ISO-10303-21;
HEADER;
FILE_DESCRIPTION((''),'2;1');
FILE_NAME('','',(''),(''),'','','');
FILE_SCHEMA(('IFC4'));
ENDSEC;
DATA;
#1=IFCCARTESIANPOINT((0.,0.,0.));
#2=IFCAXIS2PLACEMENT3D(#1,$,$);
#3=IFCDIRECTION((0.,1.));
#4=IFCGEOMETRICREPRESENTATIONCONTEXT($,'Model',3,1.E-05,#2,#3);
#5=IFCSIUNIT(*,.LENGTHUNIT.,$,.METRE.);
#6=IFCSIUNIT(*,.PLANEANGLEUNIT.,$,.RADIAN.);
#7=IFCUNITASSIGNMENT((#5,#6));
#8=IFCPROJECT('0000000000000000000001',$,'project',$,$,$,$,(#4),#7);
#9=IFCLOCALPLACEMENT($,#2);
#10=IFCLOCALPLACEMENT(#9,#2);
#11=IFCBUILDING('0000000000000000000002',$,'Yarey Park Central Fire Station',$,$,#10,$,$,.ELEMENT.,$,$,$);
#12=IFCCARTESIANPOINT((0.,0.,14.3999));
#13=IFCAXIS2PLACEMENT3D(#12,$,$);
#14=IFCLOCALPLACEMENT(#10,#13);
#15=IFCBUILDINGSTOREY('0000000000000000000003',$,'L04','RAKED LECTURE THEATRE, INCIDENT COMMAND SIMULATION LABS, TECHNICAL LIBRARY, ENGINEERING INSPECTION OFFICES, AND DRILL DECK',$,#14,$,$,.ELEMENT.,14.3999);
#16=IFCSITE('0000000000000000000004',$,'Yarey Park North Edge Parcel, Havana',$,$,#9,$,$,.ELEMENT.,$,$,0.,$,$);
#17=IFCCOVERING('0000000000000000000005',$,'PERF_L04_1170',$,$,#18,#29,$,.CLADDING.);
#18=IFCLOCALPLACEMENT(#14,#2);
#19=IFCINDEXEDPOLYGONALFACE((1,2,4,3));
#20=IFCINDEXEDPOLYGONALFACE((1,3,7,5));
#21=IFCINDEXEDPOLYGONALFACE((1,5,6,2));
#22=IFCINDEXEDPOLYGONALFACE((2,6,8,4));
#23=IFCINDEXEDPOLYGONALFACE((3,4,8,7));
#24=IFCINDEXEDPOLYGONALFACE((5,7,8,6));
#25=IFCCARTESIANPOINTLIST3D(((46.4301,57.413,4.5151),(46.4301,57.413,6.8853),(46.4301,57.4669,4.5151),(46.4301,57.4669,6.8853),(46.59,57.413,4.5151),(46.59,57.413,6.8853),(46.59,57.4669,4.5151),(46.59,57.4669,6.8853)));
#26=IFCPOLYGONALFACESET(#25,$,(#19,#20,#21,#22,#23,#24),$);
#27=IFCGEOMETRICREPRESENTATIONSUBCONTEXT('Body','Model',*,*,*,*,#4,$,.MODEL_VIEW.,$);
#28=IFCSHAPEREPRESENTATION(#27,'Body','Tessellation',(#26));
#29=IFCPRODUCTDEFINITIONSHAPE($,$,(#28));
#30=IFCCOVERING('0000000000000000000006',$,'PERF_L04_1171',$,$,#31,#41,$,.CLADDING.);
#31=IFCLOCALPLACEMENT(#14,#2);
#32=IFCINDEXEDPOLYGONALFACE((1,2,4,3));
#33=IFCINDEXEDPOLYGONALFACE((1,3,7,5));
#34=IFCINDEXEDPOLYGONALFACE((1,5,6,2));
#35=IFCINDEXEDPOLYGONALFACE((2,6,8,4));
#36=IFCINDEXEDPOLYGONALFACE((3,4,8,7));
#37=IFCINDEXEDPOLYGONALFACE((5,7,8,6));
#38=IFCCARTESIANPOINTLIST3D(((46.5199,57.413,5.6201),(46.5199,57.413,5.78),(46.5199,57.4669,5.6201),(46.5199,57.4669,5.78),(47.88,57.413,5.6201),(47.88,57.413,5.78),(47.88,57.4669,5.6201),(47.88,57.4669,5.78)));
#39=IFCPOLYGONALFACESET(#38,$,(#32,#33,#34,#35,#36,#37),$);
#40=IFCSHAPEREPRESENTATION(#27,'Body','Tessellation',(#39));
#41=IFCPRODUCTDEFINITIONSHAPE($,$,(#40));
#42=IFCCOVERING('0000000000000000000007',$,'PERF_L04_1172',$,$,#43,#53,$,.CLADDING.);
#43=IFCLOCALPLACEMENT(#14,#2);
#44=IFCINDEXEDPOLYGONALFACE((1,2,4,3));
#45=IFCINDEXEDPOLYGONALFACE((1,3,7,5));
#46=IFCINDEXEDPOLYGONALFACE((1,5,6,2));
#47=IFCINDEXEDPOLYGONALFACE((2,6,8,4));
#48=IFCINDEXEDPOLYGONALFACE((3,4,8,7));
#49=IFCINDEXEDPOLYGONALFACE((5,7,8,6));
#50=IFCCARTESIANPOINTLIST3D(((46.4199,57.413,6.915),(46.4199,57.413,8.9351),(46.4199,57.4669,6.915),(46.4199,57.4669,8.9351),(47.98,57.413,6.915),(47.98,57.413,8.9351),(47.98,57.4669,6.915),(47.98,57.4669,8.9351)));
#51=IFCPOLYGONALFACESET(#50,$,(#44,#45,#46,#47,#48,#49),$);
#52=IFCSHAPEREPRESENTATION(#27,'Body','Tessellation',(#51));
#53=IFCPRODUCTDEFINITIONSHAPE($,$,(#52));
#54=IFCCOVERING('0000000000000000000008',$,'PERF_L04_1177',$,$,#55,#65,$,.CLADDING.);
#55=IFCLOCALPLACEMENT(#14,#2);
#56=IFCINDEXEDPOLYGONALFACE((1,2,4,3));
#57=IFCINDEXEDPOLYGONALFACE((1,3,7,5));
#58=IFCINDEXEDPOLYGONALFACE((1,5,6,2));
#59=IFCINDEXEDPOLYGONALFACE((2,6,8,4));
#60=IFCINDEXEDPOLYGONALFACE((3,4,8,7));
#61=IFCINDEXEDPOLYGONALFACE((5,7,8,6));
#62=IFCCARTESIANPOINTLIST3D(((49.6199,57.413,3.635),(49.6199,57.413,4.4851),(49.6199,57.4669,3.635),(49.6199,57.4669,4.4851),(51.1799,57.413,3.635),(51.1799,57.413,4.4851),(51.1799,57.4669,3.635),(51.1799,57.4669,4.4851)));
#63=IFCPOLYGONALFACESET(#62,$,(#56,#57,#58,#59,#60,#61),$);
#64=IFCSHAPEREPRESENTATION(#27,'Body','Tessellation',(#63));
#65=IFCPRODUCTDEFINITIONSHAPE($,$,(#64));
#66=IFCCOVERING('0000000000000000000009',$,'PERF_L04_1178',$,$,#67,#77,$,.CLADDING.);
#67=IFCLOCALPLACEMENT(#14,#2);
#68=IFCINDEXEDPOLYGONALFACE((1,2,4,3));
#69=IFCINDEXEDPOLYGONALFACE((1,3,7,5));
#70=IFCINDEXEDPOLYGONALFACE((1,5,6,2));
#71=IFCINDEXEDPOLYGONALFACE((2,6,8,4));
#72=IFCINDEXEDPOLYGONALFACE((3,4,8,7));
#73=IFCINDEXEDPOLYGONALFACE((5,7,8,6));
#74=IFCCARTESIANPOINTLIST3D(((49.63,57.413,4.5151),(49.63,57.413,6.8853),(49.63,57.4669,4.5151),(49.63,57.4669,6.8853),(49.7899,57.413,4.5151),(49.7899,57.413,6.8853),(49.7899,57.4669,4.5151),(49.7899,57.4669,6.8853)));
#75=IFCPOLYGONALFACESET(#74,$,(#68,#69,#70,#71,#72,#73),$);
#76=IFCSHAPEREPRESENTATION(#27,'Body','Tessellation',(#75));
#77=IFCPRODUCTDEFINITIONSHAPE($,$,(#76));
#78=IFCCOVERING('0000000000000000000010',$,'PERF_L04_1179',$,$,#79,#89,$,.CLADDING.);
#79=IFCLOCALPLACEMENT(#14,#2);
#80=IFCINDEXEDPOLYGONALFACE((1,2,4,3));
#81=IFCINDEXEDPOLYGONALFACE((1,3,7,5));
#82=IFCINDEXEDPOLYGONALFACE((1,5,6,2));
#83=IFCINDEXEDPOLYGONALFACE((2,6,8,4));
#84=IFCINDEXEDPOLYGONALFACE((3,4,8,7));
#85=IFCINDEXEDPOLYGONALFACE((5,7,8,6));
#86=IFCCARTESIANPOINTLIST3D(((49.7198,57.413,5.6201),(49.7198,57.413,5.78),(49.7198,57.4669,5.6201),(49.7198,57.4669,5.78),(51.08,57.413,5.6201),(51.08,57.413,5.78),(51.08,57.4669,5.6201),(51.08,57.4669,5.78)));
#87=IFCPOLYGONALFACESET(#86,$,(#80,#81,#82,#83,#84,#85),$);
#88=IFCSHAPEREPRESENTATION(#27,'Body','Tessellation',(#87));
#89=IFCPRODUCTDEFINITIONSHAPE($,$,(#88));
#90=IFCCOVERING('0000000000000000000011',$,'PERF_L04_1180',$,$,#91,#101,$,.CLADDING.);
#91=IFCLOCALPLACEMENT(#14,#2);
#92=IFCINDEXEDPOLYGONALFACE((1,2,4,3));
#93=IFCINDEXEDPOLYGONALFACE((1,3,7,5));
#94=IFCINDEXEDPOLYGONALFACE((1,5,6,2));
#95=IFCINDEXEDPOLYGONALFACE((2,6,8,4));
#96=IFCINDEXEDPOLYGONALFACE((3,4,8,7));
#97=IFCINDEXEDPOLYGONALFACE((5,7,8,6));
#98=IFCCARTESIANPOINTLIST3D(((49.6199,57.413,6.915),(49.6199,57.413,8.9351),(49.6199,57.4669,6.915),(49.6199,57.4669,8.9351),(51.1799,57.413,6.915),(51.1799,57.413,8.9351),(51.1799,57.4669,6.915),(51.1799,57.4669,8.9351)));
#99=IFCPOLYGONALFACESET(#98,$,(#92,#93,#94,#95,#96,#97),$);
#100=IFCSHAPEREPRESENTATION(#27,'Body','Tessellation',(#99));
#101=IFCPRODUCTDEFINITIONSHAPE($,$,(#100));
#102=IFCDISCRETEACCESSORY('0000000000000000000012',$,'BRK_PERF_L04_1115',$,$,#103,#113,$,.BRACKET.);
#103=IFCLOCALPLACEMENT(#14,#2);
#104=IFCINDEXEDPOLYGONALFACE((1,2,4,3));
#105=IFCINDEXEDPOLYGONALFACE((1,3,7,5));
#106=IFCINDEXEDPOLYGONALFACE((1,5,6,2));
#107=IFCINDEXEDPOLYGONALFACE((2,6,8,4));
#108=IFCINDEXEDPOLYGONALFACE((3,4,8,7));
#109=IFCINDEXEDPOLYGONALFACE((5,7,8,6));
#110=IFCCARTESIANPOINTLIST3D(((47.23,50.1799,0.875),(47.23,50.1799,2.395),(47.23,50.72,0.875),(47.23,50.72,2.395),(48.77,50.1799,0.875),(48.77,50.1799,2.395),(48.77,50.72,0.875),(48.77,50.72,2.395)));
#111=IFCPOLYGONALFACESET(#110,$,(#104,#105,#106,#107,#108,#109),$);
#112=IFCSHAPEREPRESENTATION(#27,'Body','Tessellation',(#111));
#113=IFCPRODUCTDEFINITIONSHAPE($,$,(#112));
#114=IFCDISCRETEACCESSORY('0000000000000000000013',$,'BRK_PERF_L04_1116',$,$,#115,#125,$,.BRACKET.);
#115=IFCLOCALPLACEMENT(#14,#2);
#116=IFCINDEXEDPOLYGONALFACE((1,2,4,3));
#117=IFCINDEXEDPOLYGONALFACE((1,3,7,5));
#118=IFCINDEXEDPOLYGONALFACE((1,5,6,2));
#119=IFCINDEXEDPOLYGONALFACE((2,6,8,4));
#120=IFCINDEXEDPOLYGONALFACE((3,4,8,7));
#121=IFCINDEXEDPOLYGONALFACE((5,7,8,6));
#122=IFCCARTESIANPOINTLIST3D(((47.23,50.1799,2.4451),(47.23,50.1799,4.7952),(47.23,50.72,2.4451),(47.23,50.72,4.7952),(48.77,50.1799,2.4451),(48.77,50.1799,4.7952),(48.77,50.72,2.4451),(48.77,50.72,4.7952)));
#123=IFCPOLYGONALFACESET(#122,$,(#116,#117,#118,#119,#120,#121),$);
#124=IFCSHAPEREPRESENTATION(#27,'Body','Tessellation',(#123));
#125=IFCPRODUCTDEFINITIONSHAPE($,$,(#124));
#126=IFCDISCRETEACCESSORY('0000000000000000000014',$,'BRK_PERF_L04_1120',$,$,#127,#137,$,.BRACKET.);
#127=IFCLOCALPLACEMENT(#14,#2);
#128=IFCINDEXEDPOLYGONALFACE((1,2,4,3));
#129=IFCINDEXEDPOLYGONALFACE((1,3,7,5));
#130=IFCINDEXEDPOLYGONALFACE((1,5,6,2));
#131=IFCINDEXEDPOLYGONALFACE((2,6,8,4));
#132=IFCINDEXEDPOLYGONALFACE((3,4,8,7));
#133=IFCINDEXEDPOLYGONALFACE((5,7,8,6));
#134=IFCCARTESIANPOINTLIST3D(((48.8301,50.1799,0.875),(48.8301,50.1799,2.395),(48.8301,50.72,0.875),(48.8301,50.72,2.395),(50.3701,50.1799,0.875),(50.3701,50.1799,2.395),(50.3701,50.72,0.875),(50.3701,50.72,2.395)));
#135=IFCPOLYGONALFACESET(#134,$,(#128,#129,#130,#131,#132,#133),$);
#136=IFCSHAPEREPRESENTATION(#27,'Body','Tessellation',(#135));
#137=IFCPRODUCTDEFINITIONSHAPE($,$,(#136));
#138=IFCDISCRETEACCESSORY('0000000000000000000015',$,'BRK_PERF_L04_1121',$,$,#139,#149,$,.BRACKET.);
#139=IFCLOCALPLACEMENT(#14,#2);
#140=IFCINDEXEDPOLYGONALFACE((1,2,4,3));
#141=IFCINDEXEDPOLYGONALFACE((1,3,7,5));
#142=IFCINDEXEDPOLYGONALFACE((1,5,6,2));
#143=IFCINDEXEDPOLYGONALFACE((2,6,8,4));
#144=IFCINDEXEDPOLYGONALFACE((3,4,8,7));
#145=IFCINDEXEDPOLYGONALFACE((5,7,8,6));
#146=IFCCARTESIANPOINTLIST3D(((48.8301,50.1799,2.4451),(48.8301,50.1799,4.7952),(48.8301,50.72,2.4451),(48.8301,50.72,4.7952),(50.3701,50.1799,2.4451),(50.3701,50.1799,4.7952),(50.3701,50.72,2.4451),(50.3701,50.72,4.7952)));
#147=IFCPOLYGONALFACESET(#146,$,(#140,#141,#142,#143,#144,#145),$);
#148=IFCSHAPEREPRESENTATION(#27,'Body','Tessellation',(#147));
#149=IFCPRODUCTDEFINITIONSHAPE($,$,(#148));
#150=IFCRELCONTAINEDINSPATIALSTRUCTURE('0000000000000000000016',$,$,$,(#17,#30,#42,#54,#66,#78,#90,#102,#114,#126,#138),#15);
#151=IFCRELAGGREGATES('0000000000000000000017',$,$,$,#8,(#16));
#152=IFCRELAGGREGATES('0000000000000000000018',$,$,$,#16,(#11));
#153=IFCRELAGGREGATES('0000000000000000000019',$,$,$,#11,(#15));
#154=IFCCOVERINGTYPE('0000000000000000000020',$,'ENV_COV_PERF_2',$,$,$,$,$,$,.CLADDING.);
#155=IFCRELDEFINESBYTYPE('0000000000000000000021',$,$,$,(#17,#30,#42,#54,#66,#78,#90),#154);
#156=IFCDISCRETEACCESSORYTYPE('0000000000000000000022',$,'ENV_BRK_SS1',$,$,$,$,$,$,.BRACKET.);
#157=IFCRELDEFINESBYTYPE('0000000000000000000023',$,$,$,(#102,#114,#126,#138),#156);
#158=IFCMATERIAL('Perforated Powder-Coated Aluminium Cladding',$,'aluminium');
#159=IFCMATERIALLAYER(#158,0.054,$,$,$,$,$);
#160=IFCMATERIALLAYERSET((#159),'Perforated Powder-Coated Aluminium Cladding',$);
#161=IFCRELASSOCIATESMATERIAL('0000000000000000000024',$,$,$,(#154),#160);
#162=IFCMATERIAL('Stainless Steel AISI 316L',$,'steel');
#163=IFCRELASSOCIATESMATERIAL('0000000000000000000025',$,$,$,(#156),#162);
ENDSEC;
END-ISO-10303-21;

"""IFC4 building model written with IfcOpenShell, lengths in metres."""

from ifc_helpers import new_model, si_unit, direction, frame, origin, origin_2d, place, context, subcontext, project, spatial, rectangle, extrude, material, layer, layer_set, type_object, element, save


model = new_model("IFC4")

# Units and contexts
model_context = context("Model", 3, precision=1e-05, world=origin(), true_north=direction((0.0, 1.0)))
body_context = subcontext(model_context, "Body", "Model", "MODEL_VIEW")
ifc_project = project(units=[si_unit("LENGTHUNIT", "METRE"), si_unit("PLANEANGLEUNIT", "RADIAN")], contexts=[model_context])

# Site, building, storey
site_placement = place(None, origin())
site = spatial("IfcSite", under=ifc_project, at=site_placement, Name="Yarey Park North Edge Parcel, Havana", CompositionType="ELEMENT", RefElevation=0.0)
building_placement = place(site_placement, origin())
building = spatial("IfcBuilding", under=site, at=building_placement, Name="Yarey Park Central Fire Station", CompositionType="ELEMENT")
storey_placement = place(building_placement, frame((0.0, 0.0, 14.3999)))
storey = spatial("IfcBuildingStorey", under=building, at=storey_placement, Name="L04", Description="RAKED LECTURE THEATRE, INCIDENT COMMAND SIMULATION LABS, TECHNICAL LIBRARY, ENGINEERING INSPECTION OFFICES, AND DRILL DECK", CompositionType="ELEMENT", Elevation=14.3999)

# Coverings
ifc_material_1 = material(Name="Perforated Powder-Coated Aluminium Cladding", Category="aluminium")
ifc_layer_1 = layer(ifc_material_1, 0.054)
ifc_layer_set_1 = layer_set([ifc_layer_1], Name="Perforated Powder-Coated Aluminium Cladding")
covering_type_1 = type_object("IfcCoveringType", Name="ENV_COV_PERF_2", PredefinedType="CLADDING", material=ifc_layer_set_1)
covering_1_placement = place(storey_placement, frame((46.51, 57.4399, 4.5151), z_axis=(0.0, 0.0, 1.0), x_axis=(1.0, 0.0, 0.0)))
element("IfcCovering", 1, at=covering_1_placement, inside=storey, type_object=covering_type_1, Name="PERF_L04_1170", PredefinedType="CLADDING", context=body_context, shape_type="SweptSolid", body=[
    extrude(rectangle(XDim=0.1599, YDim=0.054, at=origin_2d()), origin(), (0.0, 0.0, 1.0), 2.3701),
])
covering_2_placement = place(storey_placement, frame((47.2, 57.4399, 5.6201), z_axis=(0.0, 0.0, 1.0), x_axis=(1.0, 0.0, 0.0)))
element("IfcCovering", 2, at=covering_2_placement, inside=storey, type_object=covering_type_1, Name="PERF_L04_1171", PredefinedType="CLADDING", context=body_context, shape_type="SweptSolid", body=[
    extrude(rectangle(XDim=1.3601, YDim=0.054, at=origin_2d()), origin(), (0.0, 0.0, 1.0), 0.1599),
])
covering_3_placement = place(storey_placement, frame((47.2, 57.4399, 6.915), z_axis=(0.0, 0.0, 1.0), x_axis=(1.0, 0.0, 0.0)))
element("IfcCovering", 3, at=covering_3_placement, inside=storey, type_object=covering_type_1, Name="PERF_L04_1172", PredefinedType="CLADDING", context=body_context, shape_type="SweptSolid", body=[
    extrude(rectangle(XDim=1.5601, YDim=0.054, at=origin_2d()), origin(), (0.0, 0.0, 1.0), 2.02),
])
covering_4_placement = place(storey_placement, frame((50.3999, 57.4399, 3.635), z_axis=(0.0, 0.0, 1.0), x_axis=(1.0, 0.0, 0.0)))
element("IfcCovering", 4, at=covering_4_placement, inside=storey, type_object=covering_type_1, Name="PERF_L04_1177", PredefinedType="CLADDING", context=body_context, shape_type="SweptSolid", body=[
    extrude(rectangle(XDim=1.5601, YDim=0.054, at=origin_2d()), origin(), (0.0, 0.0, 1.0), 0.8501),
])
covering_5_placement = place(storey_placement, frame((49.71, 57.4399, 4.5151), z_axis=(0.0, 0.0, 1.0), x_axis=(1.0, 0.0, 0.0)))
element("IfcCovering", 5, at=covering_5_placement, inside=storey, type_object=covering_type_1, Name="PERF_L04_1178", PredefinedType="CLADDING", context=body_context, shape_type="SweptSolid", body=[
    extrude(rectangle(XDim=0.1599, YDim=0.054, at=origin_2d()), origin(), (0.0, 0.0, 1.0), 2.3701),
])
covering_6_placement = place(storey_placement, frame((50.3999, 57.4399, 5.6201), z_axis=(0.0, 0.0, 1.0), x_axis=(1.0, 0.0, 0.0)))
element("IfcCovering", 6, at=covering_6_placement, inside=storey, type_object=covering_type_1, Name="PERF_L04_1179", PredefinedType="CLADDING", context=body_context, shape_type="SweptSolid", body=[
    extrude(rectangle(XDim=1.3601, YDim=0.054, at=origin_2d()), origin(), (0.0, 0.0, 1.0), 0.1599),
])
covering_7_placement = place(storey_placement, frame((50.3999, 57.4399, 6.915), z_axis=(0.0, 0.0, 1.0), x_axis=(1.0, 0.0, 0.0)))
element("IfcCovering", 7, at=covering_7_placement, inside=storey, type_object=covering_type_1, Name="PERF_L04_1180", PredefinedType="CLADDING", context=body_context, shape_type="SweptSolid", body=[
    extrude(rectangle(XDim=1.5601, YDim=0.054, at=origin_2d()), origin(), (0.0, 0.0, 1.0), 2.02),
])

# Discrete accessories
ifc_material_2 = material(Name="Stainless Steel AISI 316L", Category="steel")
discrete_accessory_type = type_object("IfcDiscreteAccessoryType", Name="ENV_BRK_SS1", PredefinedType="BRACKET", material=ifc_material_2)
discrete_accessory_1_placement = place(storey_placement, frame((48.0, 50.45, 0.875), z_axis=(0.0, 0.0, 1.0), x_axis=(1.0, 0.0, 0.0)))
element("IfcDiscreteAccessory", 8, at=discrete_accessory_1_placement, inside=storey, type_object=discrete_accessory_type, Name="BRK_PERF_L04_1115", PredefinedType="BRACKET", context=body_context, shape_type="SweptSolid", body=[
    extrude(rectangle(XDim=1.54, YDim=0.54, at=origin_2d()), origin(), (0.0, 0.0, 1.0), 1.52),
])
discrete_accessory_2_placement = place(storey_placement, frame((48.0, 50.45, 2.4451), z_axis=(0.0, 0.0, 1.0), x_axis=(1.0, 0.0, 0.0)))
element("IfcDiscreteAccessory", 9, at=discrete_accessory_2_placement, inside=storey, type_object=discrete_accessory_type, Name="BRK_PERF_L04_1116", PredefinedType="BRACKET", context=body_context, shape_type="SweptSolid", body=[
    extrude(rectangle(XDim=1.54, YDim=0.54, at=origin_2d()), origin(), (0.0, 0.0, 1.0), 2.3501),
])
discrete_accessory_3_placement = place(storey_placement, frame((49.6001, 50.45, 0.875), z_axis=(0.0, 0.0, 1.0), x_axis=(1.0, 0.0, 0.0)))
element("IfcDiscreteAccessory", 10, at=discrete_accessory_3_placement, inside=storey, type_object=discrete_accessory_type, Name="BRK_PERF_L04_1120", PredefinedType="BRACKET", context=body_context, shape_type="SweptSolid", body=[
    extrude(rectangle(XDim=1.54, YDim=0.54, at=origin_2d()), origin(), (0.0, 0.0, 1.0), 1.52),
])
discrete_accessory_4_placement = place(storey_placement, frame((49.6001, 50.45, 2.4451), z_axis=(0.0, 0.0, 1.0), x_axis=(1.0, 0.0, 0.0)))
element("IfcDiscreteAccessory", 11, at=discrete_accessory_4_placement, inside=storey, type_object=discrete_accessory_type, Name="BRK_PERF_L04_1121", PredefinedType="BRACKET", context=body_context, shape_type="SweptSolid", body=[
    extrude(rectangle(XDim=1.54, YDim=0.54, at=origin_2d()), origin(), (0.0, 0.0, 1.0), 2.3501),
])

save(model, "model.ifc")
